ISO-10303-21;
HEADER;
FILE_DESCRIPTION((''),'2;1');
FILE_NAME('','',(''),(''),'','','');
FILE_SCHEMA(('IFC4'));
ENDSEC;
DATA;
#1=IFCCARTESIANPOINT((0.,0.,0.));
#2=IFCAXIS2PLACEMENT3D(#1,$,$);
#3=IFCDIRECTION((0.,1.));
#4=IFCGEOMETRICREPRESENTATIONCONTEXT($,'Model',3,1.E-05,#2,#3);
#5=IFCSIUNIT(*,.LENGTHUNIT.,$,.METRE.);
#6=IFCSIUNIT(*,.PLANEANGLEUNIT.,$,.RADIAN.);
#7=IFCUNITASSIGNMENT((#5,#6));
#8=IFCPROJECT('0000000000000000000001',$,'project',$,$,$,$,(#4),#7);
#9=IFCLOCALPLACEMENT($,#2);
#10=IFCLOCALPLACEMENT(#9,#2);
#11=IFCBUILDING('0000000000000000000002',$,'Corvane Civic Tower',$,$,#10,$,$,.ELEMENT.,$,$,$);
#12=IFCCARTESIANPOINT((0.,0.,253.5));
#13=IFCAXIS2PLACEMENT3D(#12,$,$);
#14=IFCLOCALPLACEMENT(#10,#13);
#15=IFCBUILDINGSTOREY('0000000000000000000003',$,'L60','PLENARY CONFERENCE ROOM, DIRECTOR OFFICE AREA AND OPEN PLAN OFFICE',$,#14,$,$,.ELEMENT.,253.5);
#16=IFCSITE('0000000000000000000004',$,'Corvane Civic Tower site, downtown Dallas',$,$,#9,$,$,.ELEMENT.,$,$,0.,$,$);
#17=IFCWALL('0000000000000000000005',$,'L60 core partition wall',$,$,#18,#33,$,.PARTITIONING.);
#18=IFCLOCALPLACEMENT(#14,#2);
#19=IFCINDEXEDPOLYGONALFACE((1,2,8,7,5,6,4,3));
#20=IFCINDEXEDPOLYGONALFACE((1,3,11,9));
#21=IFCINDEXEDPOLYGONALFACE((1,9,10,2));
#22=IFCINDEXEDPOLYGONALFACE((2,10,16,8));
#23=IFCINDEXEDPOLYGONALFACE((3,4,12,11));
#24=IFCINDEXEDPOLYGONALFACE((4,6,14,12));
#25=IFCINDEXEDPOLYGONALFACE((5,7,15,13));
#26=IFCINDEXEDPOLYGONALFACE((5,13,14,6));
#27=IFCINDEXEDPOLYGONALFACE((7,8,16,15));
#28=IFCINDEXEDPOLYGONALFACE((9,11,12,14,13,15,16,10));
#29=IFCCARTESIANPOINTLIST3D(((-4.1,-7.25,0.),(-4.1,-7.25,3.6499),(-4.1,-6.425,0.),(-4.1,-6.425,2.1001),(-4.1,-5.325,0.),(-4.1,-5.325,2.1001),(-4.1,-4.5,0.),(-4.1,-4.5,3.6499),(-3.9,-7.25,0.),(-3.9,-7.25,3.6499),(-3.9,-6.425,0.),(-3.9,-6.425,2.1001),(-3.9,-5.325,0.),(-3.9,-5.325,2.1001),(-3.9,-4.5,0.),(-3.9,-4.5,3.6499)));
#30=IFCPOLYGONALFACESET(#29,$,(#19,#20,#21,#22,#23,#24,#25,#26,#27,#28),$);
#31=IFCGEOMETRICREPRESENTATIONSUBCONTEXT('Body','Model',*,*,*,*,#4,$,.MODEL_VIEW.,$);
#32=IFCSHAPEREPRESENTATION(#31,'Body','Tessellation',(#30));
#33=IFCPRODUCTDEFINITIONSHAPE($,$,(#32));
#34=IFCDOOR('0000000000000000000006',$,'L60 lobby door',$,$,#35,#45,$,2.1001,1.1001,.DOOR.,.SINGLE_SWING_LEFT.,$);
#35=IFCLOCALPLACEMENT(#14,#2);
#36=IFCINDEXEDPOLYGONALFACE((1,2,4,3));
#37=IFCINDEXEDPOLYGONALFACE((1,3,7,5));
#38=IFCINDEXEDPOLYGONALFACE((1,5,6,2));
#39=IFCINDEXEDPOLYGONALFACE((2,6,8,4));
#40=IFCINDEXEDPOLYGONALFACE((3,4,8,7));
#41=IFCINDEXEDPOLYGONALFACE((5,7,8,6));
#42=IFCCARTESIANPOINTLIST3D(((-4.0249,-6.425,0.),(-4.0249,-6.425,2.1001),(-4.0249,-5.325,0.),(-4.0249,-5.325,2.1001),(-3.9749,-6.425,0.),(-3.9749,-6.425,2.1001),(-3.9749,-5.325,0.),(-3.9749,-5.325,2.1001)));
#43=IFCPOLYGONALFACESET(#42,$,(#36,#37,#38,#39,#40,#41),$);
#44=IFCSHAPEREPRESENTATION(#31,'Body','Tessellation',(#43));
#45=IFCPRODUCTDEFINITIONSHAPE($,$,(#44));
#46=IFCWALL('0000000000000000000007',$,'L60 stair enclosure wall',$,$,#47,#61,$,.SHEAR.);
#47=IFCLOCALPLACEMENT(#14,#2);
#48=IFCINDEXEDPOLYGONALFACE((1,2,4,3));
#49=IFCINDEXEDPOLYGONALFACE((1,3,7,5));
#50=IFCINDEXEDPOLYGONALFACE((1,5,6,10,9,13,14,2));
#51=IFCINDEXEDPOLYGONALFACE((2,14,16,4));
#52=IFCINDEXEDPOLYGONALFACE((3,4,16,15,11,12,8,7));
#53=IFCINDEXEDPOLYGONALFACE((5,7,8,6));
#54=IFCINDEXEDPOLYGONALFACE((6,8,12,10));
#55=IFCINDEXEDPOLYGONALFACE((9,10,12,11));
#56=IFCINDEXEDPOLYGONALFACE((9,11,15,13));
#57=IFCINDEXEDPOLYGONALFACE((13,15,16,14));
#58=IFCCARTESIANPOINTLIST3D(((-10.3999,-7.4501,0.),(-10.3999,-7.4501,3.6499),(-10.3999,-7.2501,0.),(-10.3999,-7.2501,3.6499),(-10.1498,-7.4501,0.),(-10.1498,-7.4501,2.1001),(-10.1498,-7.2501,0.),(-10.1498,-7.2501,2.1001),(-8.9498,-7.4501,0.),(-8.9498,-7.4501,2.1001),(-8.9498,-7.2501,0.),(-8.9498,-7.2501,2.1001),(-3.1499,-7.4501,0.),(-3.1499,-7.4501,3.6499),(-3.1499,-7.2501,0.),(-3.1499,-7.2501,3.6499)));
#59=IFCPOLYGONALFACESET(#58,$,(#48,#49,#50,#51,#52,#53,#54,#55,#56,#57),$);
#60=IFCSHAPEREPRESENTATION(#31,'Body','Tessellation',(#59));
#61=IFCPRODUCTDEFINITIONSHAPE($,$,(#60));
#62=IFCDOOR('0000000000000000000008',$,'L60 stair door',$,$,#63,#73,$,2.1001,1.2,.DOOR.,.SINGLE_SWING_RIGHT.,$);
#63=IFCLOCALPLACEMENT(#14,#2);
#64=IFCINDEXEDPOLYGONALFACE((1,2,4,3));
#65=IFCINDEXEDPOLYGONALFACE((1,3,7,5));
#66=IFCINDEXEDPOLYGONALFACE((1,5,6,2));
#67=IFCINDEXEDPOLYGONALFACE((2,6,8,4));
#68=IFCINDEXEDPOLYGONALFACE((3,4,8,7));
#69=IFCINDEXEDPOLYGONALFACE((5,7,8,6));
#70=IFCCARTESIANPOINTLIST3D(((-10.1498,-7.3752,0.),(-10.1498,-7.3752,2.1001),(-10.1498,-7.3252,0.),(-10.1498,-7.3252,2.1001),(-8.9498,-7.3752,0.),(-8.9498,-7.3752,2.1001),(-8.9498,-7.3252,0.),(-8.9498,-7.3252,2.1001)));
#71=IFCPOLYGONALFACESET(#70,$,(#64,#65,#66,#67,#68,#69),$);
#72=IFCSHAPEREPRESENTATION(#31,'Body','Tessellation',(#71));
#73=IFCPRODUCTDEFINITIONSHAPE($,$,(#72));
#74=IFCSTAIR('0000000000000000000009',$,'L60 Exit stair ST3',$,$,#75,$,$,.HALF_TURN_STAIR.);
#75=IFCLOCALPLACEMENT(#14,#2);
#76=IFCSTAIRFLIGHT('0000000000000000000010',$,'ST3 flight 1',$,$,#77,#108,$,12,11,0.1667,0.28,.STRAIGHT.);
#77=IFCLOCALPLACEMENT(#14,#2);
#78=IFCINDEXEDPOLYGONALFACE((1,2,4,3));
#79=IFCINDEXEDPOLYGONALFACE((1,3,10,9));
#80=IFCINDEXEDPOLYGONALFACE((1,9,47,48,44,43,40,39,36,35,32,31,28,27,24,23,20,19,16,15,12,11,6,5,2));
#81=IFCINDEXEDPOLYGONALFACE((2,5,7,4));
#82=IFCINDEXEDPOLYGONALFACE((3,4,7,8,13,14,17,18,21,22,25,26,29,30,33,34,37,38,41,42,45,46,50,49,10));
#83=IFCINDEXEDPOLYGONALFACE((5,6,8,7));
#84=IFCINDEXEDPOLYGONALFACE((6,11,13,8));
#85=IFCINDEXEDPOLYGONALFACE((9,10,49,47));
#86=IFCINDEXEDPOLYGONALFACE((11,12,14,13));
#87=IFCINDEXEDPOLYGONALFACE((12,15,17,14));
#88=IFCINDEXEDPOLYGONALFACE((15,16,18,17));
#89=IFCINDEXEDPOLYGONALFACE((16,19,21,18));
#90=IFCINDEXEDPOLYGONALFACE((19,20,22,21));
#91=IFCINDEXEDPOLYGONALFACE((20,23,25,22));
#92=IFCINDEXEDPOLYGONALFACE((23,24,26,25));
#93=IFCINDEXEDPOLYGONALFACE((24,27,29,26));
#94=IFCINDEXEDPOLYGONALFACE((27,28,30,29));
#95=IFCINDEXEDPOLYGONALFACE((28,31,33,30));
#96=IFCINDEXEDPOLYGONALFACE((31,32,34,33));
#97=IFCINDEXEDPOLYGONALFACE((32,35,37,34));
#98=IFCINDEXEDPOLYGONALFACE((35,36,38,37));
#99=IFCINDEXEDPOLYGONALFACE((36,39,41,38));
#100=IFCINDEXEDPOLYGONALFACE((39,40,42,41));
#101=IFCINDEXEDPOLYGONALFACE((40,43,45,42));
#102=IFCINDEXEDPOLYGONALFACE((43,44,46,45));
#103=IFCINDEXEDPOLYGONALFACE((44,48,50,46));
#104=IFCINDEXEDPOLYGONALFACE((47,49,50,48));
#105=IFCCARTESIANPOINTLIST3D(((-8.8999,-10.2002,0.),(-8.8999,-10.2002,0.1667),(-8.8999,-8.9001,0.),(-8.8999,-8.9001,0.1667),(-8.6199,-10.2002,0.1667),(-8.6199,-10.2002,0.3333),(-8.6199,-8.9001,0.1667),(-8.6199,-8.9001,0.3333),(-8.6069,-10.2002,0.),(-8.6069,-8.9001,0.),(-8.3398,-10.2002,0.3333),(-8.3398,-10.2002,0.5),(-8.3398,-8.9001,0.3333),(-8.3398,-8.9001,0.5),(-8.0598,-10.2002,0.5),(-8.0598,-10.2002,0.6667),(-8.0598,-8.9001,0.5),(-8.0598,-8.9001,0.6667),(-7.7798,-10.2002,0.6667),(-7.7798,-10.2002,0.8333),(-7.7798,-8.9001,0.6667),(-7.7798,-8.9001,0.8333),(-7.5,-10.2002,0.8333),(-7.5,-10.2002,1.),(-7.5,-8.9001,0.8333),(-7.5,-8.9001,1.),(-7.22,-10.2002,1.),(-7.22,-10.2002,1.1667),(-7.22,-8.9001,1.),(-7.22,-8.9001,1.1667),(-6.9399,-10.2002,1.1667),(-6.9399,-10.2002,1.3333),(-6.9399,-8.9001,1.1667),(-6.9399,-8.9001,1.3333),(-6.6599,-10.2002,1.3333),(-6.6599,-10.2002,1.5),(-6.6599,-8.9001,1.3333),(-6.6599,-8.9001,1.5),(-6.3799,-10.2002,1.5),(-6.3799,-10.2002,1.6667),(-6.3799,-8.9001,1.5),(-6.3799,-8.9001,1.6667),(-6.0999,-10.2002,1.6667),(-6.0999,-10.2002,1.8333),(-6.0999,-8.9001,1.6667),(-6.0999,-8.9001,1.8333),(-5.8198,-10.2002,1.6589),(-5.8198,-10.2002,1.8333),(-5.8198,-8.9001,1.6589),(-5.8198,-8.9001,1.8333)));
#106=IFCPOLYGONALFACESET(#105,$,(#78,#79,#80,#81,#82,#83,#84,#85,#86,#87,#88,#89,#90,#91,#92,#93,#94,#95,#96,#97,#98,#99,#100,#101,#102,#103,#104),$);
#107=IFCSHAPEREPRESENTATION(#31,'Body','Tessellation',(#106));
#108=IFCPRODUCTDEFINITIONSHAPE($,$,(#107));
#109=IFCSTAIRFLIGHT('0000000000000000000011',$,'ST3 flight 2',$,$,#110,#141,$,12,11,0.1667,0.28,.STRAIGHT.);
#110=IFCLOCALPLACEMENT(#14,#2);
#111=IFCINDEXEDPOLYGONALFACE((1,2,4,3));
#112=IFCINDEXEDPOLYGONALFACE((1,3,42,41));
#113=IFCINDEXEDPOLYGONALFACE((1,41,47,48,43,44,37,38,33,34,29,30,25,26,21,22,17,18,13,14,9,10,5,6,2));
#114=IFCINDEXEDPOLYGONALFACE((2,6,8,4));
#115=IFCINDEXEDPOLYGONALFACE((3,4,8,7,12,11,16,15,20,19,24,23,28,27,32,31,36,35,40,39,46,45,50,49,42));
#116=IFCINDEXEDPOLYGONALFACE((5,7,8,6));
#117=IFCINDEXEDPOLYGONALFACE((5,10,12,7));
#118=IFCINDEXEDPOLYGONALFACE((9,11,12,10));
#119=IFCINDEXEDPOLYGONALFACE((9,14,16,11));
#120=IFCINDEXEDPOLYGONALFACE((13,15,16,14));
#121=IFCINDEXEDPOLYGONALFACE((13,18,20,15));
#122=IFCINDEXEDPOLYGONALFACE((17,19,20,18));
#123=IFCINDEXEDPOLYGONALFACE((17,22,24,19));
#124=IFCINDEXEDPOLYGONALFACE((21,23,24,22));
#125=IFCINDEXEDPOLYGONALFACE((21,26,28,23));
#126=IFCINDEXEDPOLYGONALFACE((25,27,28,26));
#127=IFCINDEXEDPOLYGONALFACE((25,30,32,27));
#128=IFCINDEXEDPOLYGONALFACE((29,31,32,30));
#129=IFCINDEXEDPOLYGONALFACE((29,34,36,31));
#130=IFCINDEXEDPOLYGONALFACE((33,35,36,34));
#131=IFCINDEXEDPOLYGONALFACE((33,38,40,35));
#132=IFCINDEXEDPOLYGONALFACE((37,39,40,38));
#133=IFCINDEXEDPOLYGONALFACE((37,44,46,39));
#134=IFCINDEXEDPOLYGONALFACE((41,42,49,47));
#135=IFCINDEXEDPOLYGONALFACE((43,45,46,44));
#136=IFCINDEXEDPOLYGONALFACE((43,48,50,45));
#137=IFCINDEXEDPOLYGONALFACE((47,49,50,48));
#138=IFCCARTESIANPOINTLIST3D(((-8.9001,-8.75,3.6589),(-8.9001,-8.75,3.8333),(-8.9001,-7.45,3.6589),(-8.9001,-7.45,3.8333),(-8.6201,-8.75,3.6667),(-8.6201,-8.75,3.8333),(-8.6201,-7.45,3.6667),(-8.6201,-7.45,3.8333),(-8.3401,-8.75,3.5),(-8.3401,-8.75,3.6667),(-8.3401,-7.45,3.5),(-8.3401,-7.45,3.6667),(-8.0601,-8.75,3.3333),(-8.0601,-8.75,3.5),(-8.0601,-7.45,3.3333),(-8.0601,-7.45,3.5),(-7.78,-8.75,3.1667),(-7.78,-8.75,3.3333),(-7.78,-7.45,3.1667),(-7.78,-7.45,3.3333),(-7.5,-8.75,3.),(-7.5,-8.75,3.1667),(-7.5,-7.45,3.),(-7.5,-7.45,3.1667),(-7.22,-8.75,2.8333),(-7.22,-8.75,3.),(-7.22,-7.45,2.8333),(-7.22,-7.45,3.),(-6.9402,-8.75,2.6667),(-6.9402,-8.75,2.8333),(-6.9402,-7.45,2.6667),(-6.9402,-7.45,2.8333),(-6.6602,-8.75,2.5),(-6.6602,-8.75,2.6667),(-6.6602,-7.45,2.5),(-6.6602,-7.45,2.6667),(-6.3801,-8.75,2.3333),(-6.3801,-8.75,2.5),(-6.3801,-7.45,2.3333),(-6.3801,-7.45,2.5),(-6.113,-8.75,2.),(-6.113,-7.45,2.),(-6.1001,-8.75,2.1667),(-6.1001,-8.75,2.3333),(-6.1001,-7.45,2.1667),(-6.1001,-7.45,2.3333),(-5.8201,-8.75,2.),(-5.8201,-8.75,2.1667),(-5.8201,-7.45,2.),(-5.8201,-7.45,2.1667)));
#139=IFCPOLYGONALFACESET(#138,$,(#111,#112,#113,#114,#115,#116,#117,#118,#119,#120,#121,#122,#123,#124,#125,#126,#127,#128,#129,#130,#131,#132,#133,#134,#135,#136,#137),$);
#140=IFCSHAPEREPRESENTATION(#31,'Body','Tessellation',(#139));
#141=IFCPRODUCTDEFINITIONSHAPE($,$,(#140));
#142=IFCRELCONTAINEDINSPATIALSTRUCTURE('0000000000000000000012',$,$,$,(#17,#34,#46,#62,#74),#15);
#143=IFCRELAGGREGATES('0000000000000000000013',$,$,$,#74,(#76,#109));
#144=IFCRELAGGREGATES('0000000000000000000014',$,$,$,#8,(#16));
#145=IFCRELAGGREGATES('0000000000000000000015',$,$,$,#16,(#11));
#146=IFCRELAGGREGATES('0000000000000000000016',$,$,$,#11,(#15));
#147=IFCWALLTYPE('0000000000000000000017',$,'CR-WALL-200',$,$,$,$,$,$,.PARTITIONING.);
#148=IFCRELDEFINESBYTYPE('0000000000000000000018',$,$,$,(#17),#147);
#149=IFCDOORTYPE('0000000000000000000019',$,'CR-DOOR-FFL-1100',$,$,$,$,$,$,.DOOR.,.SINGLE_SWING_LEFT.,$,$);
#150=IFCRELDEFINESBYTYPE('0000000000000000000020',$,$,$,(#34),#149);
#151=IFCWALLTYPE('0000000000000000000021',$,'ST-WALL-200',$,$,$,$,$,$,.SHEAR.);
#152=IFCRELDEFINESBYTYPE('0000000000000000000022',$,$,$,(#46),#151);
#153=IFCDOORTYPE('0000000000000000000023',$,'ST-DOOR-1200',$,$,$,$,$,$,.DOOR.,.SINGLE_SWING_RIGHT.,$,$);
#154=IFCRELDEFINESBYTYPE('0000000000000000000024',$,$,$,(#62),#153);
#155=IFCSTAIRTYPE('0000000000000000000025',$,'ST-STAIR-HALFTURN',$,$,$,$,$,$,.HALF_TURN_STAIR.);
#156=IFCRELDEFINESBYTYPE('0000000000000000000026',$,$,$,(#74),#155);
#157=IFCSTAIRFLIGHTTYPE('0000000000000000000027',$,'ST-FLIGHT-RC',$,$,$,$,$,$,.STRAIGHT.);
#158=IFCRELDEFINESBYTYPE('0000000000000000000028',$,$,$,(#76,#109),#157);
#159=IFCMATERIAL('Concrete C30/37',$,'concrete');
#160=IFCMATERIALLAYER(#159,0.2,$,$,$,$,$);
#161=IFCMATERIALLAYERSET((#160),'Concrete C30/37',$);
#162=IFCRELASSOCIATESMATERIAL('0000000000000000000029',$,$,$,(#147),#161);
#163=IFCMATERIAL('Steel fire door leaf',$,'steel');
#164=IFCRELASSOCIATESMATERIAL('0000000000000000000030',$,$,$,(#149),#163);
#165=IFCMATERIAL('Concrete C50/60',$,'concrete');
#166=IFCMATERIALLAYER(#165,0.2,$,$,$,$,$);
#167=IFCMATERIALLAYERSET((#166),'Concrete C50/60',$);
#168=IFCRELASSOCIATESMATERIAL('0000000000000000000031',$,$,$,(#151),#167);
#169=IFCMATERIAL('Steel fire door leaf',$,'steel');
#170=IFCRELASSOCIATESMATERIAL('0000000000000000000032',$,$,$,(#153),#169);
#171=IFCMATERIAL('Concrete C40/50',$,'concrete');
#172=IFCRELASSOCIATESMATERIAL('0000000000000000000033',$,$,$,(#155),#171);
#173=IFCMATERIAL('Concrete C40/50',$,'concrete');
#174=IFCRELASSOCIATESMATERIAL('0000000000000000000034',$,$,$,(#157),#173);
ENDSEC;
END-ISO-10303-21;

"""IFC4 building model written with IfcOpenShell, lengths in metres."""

from ifc_helpers import new_model, si_unit, direction, frame, frame_2d, origin, place, context, subcontext, project, spatial, polyline, rectangle, outline, extrude, material, layer, layer_set, type_object, element, fill, aggregate, save


model = new_model("IFC4")

# Units and contexts
model_context = context("Model", 3, precision=1e-05, world=origin(), true_north=direction((0.0, 1.0)))
body_context = subcontext(model_context, "Body", "Model", "MODEL_VIEW")
ifc_project = project(units=[si_unit("LENGTHUNIT", "METRE"), si_unit("PLANEANGLEUNIT", "RADIAN")], contexts=[model_context])

# Site, building, storey
site_placement = place(None, origin())
site = spatial("IfcSite", under=ifc_project, at=site_placement, Name="Corvane Civic Tower site, downtown Dallas", CompositionType="ELEMENT", RefElevation=0.0)
building_placement = place(site_placement, origin())
building = spatial("IfcBuilding", under=site, at=building_placement, Name="Corvane Civic Tower", CompositionType="ELEMENT")
storey_placement = place(building_placement, frame((0.0, 0.0, 253.5)))
storey = spatial("IfcBuildingStorey", under=building, at=storey_placement, Name="L60", Description="PLENARY CONFERENCE ROOM, DIRECTOR OFFICE AREA AND OPEN PLAN OFFICE", CompositionType="ELEMENT", Elevation=253.5)

# Shared definitions
ifc_material_1 = material(Name="Concrete C30/37", Category="concrete")
ifc_layer_1 = layer(ifc_material_1, 0.2)
ifc_layer_set_1 = layer_set([ifc_layer_1], Name="Concrete C30/37")
wall_type_1 = type_object("IfcWallType", Name="CR-WALL-200", PredefinedType="PARTITIONING", material=ifc_layer_set_1)

# Walls, openings, doors
wall_1_placement = place(storey_placement, frame((-4.0, -7.25, 0.0), z_axis=(0.0, 0.0, 1.0), x_axis=(0.0, 1.0, 0.0)))
wall_1 = element("IfcWall", 1, at=wall_1_placement, inside=storey, type_object=wall_type_1, Name="L60 core partition wall", PredefinedType="PARTITIONING", context=body_context, shape_type="SweptSolid", body=[
    extrude(rectangle(XDim=2.75, YDim=0.2, at=frame_2d((1.375, 0.0))), origin(), (0.0, 0.0, 1.0), 3.6499),
])
opening_1_placement = place(wall_1_placement, frame((0.825, 0.0, 0.0)))
opening_1 = element("IfcOpeningElement", 2, at=opening_1_placement, cuts=wall_1, PredefinedType="OPENING", context=body_context, shape_type="SweptSolid", body=[
    extrude(rectangle(XDim=1.1001, YDim=2.1001, at=frame_2d((0.55, 1.05))), frame((0.0, 0.1099, 0.0), z_axis=(0.0, -1.0, 0.0), x_axis=(1.0, 0.0, 0.0)), (0.0, 0.0, 1.0), 0.22),
])
ifc_material_2 = material(Name="Steel fire door leaf", Category="steel")
door_type_1 = type_object("IfcDoorType", Name="CR-DOOR-FFL-1100", OperationType="SINGLE_SWING_LEFT", PredefinedType="DOOR", material=ifc_material_2)
door_1_placement = place(opening_1_placement, origin())
door_1 = element("IfcDoor", 3, at=door_1_placement, inside=storey, type_object=door_type_1, Name="L60 lobby door", OperationType="SINGLE_SWING_LEFT", OverallHeight=2.1001, OverallWidth=1.1001, PredefinedType="DOOR", context=body_context, shape_type="SweptSolid", body=[
    extrude(rectangle(XDim=1.1001, YDim=2.1001, at=frame_2d((0.55, 1.05))), frame((0.0, 0.0249, 0.0), z_axis=(0.0, -1.0, 0.0), x_axis=(1.0, 0.0, 0.0)), (0.0, 0.0, 1.0), 0.05),
])
fill(opening_1, door_1)
ifc_material_3 = material(Name="Concrete C50/60", Category="concrete")
ifc_layer_2 = layer(ifc_material_3, 0.2)
ifc_layer_set_2 = layer_set([ifc_layer_2], Name="Concrete C50/60")
wall_type_2 = type_object("IfcWallType", Name="ST-WALL-200", PredefinedType="SHEAR", material=ifc_layer_set_2)
wall_2_placement = place(storey_placement, frame((-10.3999, -7.3501, 0.0), z_axis=(0.0, 0.0, 1.0), x_axis=(1.0, 0.0, 0.0)))
wall_2 = element("IfcWall", 4, at=wall_2_placement, inside=storey, type_object=wall_type_2, Name="L60 stair enclosure wall", PredefinedType="SHEAR", context=body_context, shape_type="SweptSolid", body=[
    extrude(rectangle(XDim=7.25, YDim=0.2, at=frame_2d((3.625, 0.0))), origin(), (0.0, 0.0, 1.0), 3.6499),
])
opening_2_placement = place(wall_2_placement, frame((0.25, 0.0, 0.0)))
opening_2 = element("IfcOpeningElement", 5, at=opening_2_placement, cuts=wall_2, PredefinedType="OPENING", context=body_context, shape_type="SweptSolid", body=[
    extrude(rectangle(XDim=1.2, YDim=2.1001, at=frame_2d((0.6001, 1.05))), frame((0.0, 0.1099, 0.0), z_axis=(0.0, -1.0, 0.0), x_axis=(1.0, 0.0, 0.0)), (0.0, 0.0, 1.0), 0.22),
])
ifc_material_4 = material(Name="Steel fire door leaf", Category="steel")
door_type_2 = type_object("IfcDoorType", Name="ST-DOOR-1200", OperationType="SINGLE_SWING_RIGHT", PredefinedType="DOOR", material=ifc_material_4)
door_2_placement = place(opening_2_placement, origin())
door_2 = element("IfcDoor", 6, at=door_2_placement, inside=storey, type_object=door_type_2, Name="L60 stair door", OperationType="SINGLE_SWING_RIGHT", OverallHeight=2.1001, OverallWidth=1.2, PredefinedType="DOOR", context=body_context, shape_type="SweptSolid", body=[
    extrude(rectangle(XDim=1.2, YDim=2.1001, at=frame_2d((0.6001, 1.05))), frame((0.0, 0.0249, 0.0), z_axis=(0.0, -1.0, 0.0), x_axis=(1.0, 0.0, 0.0)), (0.0, 0.0, 1.0), 0.05),
])
fill(opening_2, door_2)

# Stair, stair flights
ifc_material_5 = material(Name="Concrete C40/50", Category="concrete")
stair_type = type_object("IfcStairType", Name="ST-STAIR-HALFTURN", PredefinedType="HALF_TURN_STAIR", material=ifc_material_5)
stair_placement = place(storey_placement, origin())
stair = element("IfcStair", 7, at=stair_placement, inside=storey, type_object=stair_type, Name="L60 Exit stair ST3", PredefinedType="HALF_TURN_STAIR")
ifc_material_6 = material(Name="Concrete C40/50", Category="concrete")
stair_flight_type = type_object("IfcStairFlightType", Name="ST-FLIGHT-RC", PredefinedType="STRAIGHT", material=ifc_material_6)
stair_flight_1_placement = place(storey_placement, frame((-8.8999, -9.55, 0.0), z_axis=(0.0, 0.0, 1.0), x_axis=(1.0, 0.0, 0.0)))
stair_flight_1 = element("IfcStairFlight", 8, at=stair_flight_1_placement, type_object=stair_flight_type, Name="ST3 flight 1", NumberOfRisers=12, NumberOfTreads=11, PredefinedType="STRAIGHT", RiserHeight=0.1667, TreadLength=0.28, context=body_context, shape_type="SweptSolid", body=[
    extrude(outline(polyline([(0.0, 0.0), (0.0, 0.1667), (0.28, 0.1667), (0.28, 0.3333), (0.5601, 0.3333), (0.5601, 0.5), (0.8401, 0.5), (0.8401, 0.6667), (1.1201, 0.6667), (1.1201, 0.8333), (1.3999, 0.8333), (1.3999, 1.0), (1.6799, 1.0), (1.6799, 1.1667), (1.96, 1.1667), (1.96, 1.3333), (2.24, 1.3333), (2.24, 1.5), (2.52, 1.5), (2.52, 1.6667), (2.8, 1.6667), (2.8, 1.8333), (3.0801, 1.8333), (3.0801, 2.0), (3.0801, 1.6589), (0.293, 0.0), (0.0, 0.0)])), frame((0.0, 0.6499, 0.0), z_axis=(0.0, -1.0, 0.0), x_axis=(1.0, 0.0, 0.0)), (0.0, 0.0, 1.0), 1.3),
])
stair_flight_2_placement = place(storey_placement, frame((-5.8201, -8.1001, 2.0), z_axis=(0.0, 0.0, 1.0), x_axis=(-1.0, 0.0, 0.0)))
stair_flight_2 = element("IfcStairFlight", 9, at=stair_flight_2_placement, type_object=stair_flight_type, Name="ST3 flight 2", NumberOfRisers=12, NumberOfTreads=11, PredefinedType="STRAIGHT", RiserHeight=0.1667, TreadLength=0.28, context=body_context, shape_type="SweptSolid", body=[
    extrude(outline(polyline([(0.0, 0.0), (0.0, 0.1667), (0.28, 0.1667), (0.28, 0.3333), (0.5601, 0.3333), (0.5601, 0.5), (0.8401, 0.5), (0.8401, 0.6667), (1.1201, 0.6667), (1.1201, 0.8333), (1.3999, 0.8333), (1.3999, 1.0), (1.6799, 1.0), (1.6799, 1.1667), (1.96, 1.1667), (1.96, 1.3333), (2.24, 1.3333), (2.24, 1.5), (2.52, 1.5), (2.52, 1.6667), (2.8, 1.6667), (2.8, 1.8333), (3.0801, 1.8333), (3.0801, 2.0), (3.0801, 1.6589), (0.293, 0.0), (0.0, 0.0)])), frame((0.0, 0.6499, 0.0), z_axis=(0.0, -1.0, 0.0), x_axis=(1.0, 0.0, 0.0)), (0.0, 0.0, 1.0), 1.3),
])
aggregate(stair, [stair_flight_1, stair_flight_2])

save(model, "model.ifc")
